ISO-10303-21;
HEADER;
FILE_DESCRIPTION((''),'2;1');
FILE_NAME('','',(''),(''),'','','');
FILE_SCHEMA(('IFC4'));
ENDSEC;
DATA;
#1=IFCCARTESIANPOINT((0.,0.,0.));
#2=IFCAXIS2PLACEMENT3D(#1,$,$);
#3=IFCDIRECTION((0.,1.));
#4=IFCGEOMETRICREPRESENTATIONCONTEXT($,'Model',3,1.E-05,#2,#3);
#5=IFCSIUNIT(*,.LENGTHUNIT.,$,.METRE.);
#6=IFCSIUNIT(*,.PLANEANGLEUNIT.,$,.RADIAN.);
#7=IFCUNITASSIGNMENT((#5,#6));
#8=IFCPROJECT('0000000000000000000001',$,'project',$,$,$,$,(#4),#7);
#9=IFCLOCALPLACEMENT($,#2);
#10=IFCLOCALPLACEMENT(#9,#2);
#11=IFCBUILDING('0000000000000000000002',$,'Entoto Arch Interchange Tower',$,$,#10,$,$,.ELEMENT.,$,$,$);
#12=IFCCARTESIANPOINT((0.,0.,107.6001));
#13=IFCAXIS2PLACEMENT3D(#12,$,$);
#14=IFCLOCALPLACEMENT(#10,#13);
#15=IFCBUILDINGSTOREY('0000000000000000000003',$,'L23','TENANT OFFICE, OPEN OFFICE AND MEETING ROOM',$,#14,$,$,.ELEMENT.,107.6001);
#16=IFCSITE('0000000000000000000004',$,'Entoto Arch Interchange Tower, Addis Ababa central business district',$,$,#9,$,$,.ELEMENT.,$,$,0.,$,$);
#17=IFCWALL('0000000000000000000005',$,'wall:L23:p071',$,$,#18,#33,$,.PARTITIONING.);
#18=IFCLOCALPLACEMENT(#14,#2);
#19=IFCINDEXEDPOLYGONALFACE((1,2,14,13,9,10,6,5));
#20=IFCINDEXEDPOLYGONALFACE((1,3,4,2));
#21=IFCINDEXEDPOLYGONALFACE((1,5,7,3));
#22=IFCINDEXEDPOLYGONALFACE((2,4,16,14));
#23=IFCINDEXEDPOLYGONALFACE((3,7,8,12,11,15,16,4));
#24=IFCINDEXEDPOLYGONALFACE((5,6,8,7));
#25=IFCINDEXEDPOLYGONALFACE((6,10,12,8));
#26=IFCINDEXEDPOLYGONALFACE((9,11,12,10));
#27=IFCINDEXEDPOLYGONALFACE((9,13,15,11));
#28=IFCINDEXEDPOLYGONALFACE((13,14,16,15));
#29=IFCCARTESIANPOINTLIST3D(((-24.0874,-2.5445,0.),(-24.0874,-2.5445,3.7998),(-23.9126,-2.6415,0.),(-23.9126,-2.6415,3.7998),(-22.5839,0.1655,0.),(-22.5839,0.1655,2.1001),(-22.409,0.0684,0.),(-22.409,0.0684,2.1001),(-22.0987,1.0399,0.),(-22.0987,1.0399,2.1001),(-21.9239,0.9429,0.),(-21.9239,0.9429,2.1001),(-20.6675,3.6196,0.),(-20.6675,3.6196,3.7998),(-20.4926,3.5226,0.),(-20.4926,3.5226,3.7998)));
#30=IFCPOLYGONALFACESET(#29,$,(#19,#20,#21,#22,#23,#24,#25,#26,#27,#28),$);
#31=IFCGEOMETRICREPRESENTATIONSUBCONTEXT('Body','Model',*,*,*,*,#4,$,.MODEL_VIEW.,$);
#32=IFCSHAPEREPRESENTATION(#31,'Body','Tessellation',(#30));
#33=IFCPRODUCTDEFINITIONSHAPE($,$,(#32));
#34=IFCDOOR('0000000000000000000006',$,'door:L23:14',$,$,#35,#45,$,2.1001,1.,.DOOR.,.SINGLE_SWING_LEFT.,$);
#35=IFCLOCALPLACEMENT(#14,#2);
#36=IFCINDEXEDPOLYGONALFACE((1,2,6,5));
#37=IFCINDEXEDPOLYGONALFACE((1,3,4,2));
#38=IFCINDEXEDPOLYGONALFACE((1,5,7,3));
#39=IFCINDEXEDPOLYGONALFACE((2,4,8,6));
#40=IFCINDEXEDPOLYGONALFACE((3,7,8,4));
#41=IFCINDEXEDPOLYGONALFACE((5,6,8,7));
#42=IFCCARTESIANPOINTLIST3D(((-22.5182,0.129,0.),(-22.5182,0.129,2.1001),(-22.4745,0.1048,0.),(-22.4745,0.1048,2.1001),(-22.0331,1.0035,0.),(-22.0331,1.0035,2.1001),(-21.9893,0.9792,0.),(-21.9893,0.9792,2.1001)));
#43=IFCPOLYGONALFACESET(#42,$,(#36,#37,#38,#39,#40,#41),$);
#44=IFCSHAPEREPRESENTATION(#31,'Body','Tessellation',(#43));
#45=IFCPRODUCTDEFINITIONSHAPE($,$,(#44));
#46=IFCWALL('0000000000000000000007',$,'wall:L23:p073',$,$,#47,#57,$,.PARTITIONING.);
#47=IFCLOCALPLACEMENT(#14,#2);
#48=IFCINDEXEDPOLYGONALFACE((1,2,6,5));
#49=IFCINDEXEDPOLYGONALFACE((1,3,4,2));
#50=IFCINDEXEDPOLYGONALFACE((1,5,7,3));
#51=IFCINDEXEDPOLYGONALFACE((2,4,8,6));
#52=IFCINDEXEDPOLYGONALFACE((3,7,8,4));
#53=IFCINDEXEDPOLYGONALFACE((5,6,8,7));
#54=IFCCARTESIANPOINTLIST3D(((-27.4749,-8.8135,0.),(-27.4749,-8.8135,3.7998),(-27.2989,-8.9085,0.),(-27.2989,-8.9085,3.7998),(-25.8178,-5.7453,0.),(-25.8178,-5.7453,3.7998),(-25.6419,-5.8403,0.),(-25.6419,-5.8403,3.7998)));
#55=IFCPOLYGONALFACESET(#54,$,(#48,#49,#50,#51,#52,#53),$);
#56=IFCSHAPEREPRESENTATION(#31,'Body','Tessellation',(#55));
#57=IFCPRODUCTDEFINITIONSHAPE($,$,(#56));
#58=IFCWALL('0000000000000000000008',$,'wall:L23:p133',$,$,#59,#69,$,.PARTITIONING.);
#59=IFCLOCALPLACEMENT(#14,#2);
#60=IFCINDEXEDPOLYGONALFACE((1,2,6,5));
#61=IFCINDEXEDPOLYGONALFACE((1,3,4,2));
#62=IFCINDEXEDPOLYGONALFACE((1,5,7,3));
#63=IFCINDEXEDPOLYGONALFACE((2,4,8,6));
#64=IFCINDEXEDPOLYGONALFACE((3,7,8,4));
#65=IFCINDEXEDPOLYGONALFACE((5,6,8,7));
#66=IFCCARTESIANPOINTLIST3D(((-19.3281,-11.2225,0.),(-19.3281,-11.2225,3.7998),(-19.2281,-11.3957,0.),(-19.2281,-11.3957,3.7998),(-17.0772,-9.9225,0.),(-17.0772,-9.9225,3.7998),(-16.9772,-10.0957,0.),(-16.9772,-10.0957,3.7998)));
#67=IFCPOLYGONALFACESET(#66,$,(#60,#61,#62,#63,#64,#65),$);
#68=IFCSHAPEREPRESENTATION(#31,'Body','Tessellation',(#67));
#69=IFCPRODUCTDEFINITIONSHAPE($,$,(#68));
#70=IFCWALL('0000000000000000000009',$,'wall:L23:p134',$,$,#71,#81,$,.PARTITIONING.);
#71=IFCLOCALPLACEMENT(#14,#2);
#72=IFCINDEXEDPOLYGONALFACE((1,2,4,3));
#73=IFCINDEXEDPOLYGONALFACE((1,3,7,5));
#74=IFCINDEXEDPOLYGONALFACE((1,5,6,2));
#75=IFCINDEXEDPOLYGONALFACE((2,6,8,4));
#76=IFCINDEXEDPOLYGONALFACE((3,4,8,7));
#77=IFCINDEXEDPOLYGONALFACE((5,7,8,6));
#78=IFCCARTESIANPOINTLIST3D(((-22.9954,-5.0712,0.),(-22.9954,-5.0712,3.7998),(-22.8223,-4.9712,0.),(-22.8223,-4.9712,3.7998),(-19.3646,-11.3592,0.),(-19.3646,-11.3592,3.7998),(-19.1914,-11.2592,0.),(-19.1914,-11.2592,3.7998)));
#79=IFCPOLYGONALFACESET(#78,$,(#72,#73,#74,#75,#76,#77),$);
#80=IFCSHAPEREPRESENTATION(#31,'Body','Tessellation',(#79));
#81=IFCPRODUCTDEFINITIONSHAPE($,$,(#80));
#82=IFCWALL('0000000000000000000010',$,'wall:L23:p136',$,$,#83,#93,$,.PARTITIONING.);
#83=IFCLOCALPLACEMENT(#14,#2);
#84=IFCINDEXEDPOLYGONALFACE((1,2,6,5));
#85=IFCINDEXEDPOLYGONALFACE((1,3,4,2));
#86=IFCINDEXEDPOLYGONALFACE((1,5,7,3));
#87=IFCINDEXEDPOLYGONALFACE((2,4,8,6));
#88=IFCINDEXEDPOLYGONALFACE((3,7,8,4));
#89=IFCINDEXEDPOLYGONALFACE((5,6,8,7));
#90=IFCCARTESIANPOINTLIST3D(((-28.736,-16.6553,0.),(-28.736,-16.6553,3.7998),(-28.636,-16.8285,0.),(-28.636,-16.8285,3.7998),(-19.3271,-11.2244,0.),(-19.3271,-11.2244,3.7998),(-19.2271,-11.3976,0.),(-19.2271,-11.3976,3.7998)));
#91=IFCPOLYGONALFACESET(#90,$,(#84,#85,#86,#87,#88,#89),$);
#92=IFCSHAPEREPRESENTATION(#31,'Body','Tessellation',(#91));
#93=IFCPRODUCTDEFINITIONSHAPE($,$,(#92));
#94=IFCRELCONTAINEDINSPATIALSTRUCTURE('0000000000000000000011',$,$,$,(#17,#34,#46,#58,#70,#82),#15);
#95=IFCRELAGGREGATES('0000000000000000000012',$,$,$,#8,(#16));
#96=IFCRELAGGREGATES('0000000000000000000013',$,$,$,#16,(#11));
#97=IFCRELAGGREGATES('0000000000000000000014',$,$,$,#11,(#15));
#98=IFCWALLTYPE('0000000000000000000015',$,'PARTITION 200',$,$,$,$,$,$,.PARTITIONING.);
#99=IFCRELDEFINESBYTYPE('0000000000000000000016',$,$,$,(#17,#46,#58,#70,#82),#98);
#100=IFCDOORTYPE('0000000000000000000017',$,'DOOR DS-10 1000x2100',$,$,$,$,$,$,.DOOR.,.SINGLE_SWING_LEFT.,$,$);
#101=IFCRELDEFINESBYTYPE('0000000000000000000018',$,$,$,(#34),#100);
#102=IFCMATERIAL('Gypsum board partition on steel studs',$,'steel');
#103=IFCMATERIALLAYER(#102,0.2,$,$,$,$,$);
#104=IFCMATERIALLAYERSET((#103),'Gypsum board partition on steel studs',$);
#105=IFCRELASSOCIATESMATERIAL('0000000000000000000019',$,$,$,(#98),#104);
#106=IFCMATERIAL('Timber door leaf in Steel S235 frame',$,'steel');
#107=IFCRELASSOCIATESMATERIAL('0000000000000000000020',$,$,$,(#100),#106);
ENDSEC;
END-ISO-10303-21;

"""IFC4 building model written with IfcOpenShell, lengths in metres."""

from ifc_helpers import new_model, si_unit, direction, frame, frame_2d, origin, place, context, subcontext, project, spatial, rectangle, extrude, material, layer, layer_set, type_object, element, fill, save


model = new_model("IFC4")

# Units and contexts
model_context = context("Model", 3, precision=1e-05, world=origin(), true_north=direction((0.0, 1.0)))
body_context = subcontext(model_context, "Body", "Model", "MODEL_VIEW")
ifc_project = project(units=[si_unit("LENGTHUNIT", "METRE"), si_unit("PLANEANGLEUNIT", "RADIAN")], contexts=[model_context])

# Site, building, storey
site_placement = place(None, origin())
site = spatial("IfcSite", under=ifc_project, at=site_placement, Name="Entoto Arch Interchange Tower, Addis Ababa central business district", CompositionType="ELEMENT", RefElevation=0.0)
building_placement = place(site_placement, origin())
building = spatial("IfcBuilding", under=site, at=building_placement, Name="Entoto Arch Interchange Tower", CompositionType="ELEMENT")
storey_placement = place(building_placement, frame((0.0, 0.0, 107.6001)))
storey = spatial("IfcBuildingStorey", under=building, at=storey_placement, Name="L23", Description="TENANT OFFICE, OPEN OFFICE AND MEETING ROOM", CompositionType="ELEMENT", Elevation=107.6001)

# Shared definitions
ifc_material_1 = material(Name="Gypsum board partition on steel studs", Category="steel")
ifc_layer_1 = layer(ifc_material_1, 0.2)
ifc_layer_set_1 = layer_set([ifc_layer_1], Name="Gypsum board partition on steel studs")
wall_type_1 = type_object("IfcWallType", Name="PARTITION 200", PredefinedType="PARTITIONING", material=ifc_layer_set_1)

# Shared definitions
ifc_material_2 = material(Name="Timber door leaf in Steel S235 frame", Category="steel")
door_type = type_object("IfcDoorType", Name="DOOR DS-10 1000x2100", OperationType="SINGLE_SWING_LEFT", PredefinedType="DOOR", material=ifc_material_2)

# Wall, opening, door
wall_1_placement = place(storey_placement, frame((-24.0, -2.593, 0.0), z_axis=(0.0, 0.0, 1.0), x_axis=(0.485149, 0.874432, 0.0)))
wall_1 = element("IfcWall", 1, at=wall_1_placement, inside=storey, type_object=wall_type_1, Name="wall:L23:p071", PredefinedType="PARTITIONING", context=body_context, shape_type="SweptSolid", body=[
    extrude(rectangle(XDim=7.0493, YDim=0.2, at=frame_2d((3.5247, 0.0))), origin(), (0.0, 0.0, 1.0), 3.7998),
])
opening_1_placement = place(wall_1_placement, frame((3.0991, 0.0, 0.0)))
opening_1 = element("IfcOpeningElement", 2, at=opening_1_placement, cuts=wall_1, PredefinedType="OPENING", context=body_context, shape_type="SweptSolid", body=[
    extrude(rectangle(XDim=1.0, YDim=2.1001, at=frame_2d((0.5, 1.05))), frame((0.0, 0.1099, 0.0), z_axis=(0.0, -1.0, 0.0), x_axis=(1.0, 0.0, 0.0)), (0.0, 0.0, 1.0), 0.22),
])
door_1_placement = place(opening_1_placement, origin())
door_1 = element("IfcDoor", 3, at=door_1_placement, inside=storey, type_object=door_type, Name="door:L23:14", OperationType="SINGLE_SWING_LEFT", OverallHeight=2.1001, OverallWidth=1.0, PredefinedType="DOOR", context=body_context, shape_type="SweptSolid", body=[
    extrude(rectangle(XDim=1.0, YDim=2.1001, at=frame_2d((0.5, 1.05))), frame((0.0, 0.0249, 0.0), z_axis=(0.0, -1.0, 0.0), x_axis=(1.0, 0.0, 0.0)), (0.0, 0.0, 1.0), 0.05),
])
fill(opening_1, door_1)

# Walls
wall_2_placement = place(storey_placement, frame((-27.387, -8.8611, 0.0), z_axis=(0.0, 0.0, 1.0), x_axis=(0.475193, 0.879881, 0.0)))
element("IfcWall", 4, at=wall_2_placement, inside=storey, type_object=wall_type_1, Name="wall:L23:p073", PredefinedType="PARTITIONING", context=body_context, shape_type="SweptSolid", body=[
    extrude(rectangle(XDim=3.4871, YDim=0.2, at=frame_2d((1.7437, 0.0))), origin(), (0.0, 0.0, 1.0), 3.7998),
])
wall_3_placement = place(storey_placement, frame((-17.0271, -10.009, 0.0), z_axis=(0.0, 0.0, 1.0), x_axis=(-0.865951, -0.500129, 0.0)))
element("IfcWall", 5, at=wall_3_placement, inside=storey, type_object=wall_type_1, Name="wall:L23:p133", PredefinedType="PARTITIONING", context=body_context, shape_type="SweptSolid", body=[
    extrude(rectangle(XDim=2.5994, YDim=0.2, at=frame_2d((1.2998, 0.0))), origin(), (0.0, 0.0, 1.0), 3.7998),
])
wall_4_placement = place(storey_placement, frame((-19.2781, -11.3091, 0.0), z_axis=(0.0, 0.0, 1.0), x_axis=(-0.500045, 0.866, 0.0)))
element("IfcWall", 6, at=wall_4_placement, inside=storey, type_object=wall_type_1, Name="wall:L23:p134", PredefinedType="PARTITIONING", context=body_context, shape_type="SweptSolid", body=[
    extrude(rectangle(XDim=7.261, YDim=0.2, at=frame_2d((3.6304, 0.0))), origin(), (0.0, 0.0, 1.0), 3.7998),
])
wall_5_placement = place(storey_placement, frame((-19.2771, -11.311, 0.0), z_axis=(0.0, 0.0, 1.0), x_axis=(-0.866079, -0.499907, 0.0)))
element("IfcWall", 7, at=wall_5_placement, inside=storey, type_object=wall_type_1, Name="wall:L23:p136", PredefinedType="PARTITIONING", context=body_context, shape_type="SweptSolid", body=[
    extrude(rectangle(XDim=10.8638, YDim=0.2, at=frame_2d((5.4319, 0.0))), origin(), (0.0, 0.0, 1.0), 3.7998),
])

save(model, "model.ifc")
